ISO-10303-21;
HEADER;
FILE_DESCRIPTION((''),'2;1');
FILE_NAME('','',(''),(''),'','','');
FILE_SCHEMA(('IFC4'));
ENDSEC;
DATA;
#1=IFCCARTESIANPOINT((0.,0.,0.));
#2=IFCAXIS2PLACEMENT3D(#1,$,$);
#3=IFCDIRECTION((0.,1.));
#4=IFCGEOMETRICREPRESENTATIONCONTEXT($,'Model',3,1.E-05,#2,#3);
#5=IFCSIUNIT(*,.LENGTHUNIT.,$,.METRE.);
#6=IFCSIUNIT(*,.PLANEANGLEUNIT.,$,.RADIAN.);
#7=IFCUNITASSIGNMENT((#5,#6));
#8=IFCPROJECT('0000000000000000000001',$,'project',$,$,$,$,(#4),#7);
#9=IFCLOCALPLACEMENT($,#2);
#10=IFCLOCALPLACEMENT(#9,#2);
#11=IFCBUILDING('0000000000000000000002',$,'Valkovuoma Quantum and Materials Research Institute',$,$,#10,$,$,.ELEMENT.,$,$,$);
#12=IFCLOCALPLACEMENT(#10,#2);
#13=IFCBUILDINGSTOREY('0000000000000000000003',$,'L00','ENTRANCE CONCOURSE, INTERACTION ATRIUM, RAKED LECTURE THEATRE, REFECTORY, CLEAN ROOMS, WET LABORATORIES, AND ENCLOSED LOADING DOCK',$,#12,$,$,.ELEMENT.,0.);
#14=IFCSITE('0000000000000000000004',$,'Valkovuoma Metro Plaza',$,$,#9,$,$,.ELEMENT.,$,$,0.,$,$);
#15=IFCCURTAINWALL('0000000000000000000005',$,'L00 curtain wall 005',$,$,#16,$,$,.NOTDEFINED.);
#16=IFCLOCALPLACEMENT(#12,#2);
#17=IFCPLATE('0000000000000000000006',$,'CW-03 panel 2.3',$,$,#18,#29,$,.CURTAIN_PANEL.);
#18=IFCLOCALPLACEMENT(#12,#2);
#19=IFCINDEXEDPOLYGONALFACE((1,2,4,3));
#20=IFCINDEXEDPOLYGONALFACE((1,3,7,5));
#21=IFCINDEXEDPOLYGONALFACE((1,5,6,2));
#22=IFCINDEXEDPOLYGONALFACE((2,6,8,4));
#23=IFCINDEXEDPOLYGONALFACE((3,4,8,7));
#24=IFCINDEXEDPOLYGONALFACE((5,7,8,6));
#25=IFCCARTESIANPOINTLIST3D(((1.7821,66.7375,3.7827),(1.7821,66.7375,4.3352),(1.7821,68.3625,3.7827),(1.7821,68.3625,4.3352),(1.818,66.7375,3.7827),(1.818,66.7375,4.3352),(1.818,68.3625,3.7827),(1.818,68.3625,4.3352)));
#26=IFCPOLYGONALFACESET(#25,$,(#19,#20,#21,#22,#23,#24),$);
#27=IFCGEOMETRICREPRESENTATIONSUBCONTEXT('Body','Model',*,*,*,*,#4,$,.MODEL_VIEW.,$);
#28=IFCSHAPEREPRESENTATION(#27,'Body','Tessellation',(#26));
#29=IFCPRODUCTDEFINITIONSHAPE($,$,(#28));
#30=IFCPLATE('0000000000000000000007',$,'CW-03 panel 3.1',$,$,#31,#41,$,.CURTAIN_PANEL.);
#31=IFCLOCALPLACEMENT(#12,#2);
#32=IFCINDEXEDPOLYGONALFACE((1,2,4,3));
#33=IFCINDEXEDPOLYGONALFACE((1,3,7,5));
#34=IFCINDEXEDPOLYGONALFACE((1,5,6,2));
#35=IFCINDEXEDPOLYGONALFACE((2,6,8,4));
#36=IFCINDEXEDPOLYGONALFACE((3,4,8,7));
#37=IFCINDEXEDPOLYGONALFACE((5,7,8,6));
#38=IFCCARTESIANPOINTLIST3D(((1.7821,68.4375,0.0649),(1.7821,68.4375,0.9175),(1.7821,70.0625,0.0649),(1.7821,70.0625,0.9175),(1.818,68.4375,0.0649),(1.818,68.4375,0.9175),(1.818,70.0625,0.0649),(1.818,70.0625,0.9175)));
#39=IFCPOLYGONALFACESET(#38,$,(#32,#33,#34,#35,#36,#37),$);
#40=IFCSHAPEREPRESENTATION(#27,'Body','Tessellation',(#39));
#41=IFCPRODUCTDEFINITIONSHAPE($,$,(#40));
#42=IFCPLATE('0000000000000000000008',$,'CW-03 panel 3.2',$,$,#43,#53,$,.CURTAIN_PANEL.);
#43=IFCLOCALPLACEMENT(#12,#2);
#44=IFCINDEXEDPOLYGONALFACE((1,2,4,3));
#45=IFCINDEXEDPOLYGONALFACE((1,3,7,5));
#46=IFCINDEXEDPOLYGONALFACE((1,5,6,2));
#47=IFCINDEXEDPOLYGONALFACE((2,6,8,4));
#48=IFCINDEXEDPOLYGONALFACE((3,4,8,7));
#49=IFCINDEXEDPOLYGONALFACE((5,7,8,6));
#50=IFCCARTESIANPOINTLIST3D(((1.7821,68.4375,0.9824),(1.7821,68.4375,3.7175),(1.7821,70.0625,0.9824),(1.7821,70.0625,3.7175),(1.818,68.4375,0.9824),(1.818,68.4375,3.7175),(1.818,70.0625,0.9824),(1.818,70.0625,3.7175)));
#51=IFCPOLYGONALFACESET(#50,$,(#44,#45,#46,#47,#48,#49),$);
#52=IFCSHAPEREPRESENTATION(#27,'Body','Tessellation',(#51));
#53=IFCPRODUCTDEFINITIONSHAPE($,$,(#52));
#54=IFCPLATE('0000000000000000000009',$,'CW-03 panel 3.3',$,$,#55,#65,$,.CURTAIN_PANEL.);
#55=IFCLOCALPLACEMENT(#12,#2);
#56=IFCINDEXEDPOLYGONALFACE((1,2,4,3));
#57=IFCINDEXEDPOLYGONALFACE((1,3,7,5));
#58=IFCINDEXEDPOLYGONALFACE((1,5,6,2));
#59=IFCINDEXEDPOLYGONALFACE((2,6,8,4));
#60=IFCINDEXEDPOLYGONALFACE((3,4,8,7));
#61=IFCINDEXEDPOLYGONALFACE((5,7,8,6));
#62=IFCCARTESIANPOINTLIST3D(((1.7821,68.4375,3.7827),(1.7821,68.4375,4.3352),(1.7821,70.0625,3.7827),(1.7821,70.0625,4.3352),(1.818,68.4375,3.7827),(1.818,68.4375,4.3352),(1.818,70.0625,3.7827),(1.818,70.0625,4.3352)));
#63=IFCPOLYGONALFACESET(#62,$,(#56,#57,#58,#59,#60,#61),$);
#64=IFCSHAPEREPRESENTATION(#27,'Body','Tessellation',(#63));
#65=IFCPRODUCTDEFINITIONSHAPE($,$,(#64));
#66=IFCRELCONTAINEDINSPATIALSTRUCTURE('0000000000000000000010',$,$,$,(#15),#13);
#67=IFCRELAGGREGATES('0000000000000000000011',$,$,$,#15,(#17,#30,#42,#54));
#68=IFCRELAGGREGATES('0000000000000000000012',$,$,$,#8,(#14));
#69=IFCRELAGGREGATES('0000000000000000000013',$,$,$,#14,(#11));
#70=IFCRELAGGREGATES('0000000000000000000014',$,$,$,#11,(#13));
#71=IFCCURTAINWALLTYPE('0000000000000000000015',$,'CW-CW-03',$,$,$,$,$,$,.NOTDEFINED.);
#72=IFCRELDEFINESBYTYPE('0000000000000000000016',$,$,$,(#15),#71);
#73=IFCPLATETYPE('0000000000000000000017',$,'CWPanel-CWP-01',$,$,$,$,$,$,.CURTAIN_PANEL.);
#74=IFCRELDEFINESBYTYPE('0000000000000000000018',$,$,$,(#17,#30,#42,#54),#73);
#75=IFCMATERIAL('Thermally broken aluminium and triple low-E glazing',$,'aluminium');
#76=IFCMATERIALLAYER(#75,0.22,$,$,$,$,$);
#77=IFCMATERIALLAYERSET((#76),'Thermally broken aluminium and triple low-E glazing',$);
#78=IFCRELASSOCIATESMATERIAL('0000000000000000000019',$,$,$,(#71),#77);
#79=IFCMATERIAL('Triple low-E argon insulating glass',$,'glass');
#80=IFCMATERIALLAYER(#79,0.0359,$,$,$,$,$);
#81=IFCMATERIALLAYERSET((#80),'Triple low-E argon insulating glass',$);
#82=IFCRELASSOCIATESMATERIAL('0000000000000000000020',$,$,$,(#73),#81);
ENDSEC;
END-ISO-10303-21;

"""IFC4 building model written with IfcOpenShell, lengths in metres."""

from ifc_helpers import new_model, si_unit, direction, frame, origin, origin_2d, place, context, subcontext, project, spatial, rectangle, extrude, material, layer, layer_set, type_object, element, aggregate, save


model = new_model("IFC4")

# Units and contexts
model_context = context("Model", 3, precision=1e-05, world=origin(), true_north=direction((0.0, 1.0)))
body_context = subcontext(model_context, "Body", "Model", "MODEL_VIEW")
ifc_project = project(units=[si_unit("LENGTHUNIT", "METRE"), si_unit("PLANEANGLEUNIT", "RADIAN")], contexts=[model_context])

# Site, building, storey
site_placement = place(None, origin())
site = spatial("IfcSite", under=ifc_project, at=site_placement, Name="Valkovuoma Metro Plaza", CompositionType="ELEMENT", RefElevation=0.0)
building_placement = place(site_placement, origin())
building = spatial("IfcBuilding", under=site, at=building_placement, Name="Valkovuoma Quantum and Materials Research Institute", CompositionType="ELEMENT")
storey_placement = place(building_placement, origin())
storey = spatial("IfcBuildingStorey", under=building, at=storey_placement, Name="L00", Description="ENTRANCE CONCOURSE, INTERACTION ATRIUM, RAKED LECTURE THEATRE, REFECTORY, CLEAN ROOMS, WET LABORATORIES, AND ENCLOSED LOADING DOCK", CompositionType="ELEMENT", Elevation=0.0)

# Curtain wall, plates
ifc_material_1 = material(Name="Thermally broken aluminium and triple low-E glazing", Category="aluminium")
ifc_layer_1 = layer(ifc_material_1, 0.22)
ifc_layer_set_1 = layer_set([ifc_layer_1], Name="Thermally broken aluminium and triple low-E glazing")
curtain_wall_type = type_object("IfcCurtainWallType", Name="CW-CW-03", PredefinedType="NOTDEFINED", material=ifc_layer_set_1)
curtain_wall_placement = place(storey_placement, origin())
curtain_wall = element("IfcCurtainWall", 1, at=curtain_wall_placement, inside=storey, type_object=curtain_wall_type, Name="L00 curtain wall 005", PredefinedType="NOTDEFINED")
ifc_material_2 = material(Name="Triple low-E argon insulating glass", Category="glass")
ifc_layer_2 = layer(ifc_material_2, 0.0359)
ifc_layer_set_2 = layer_set([ifc_layer_2], Name="Triple low-E argon insulating glass")
plate_type = type_object("IfcPlateType", Name="CWPanel-CWP-01", PredefinedType="CURTAIN_PANEL", material=ifc_layer_set_2)
plate_1_placement = place(storey_placement, frame((1.8, 67.55, 3.7827), z_axis=(0.0, 0.0, 1.0), x_axis=(0.0, 1.0, 0.0)))
plate_1 = element("IfcPlate", 2, at=plate_1_placement, type_object=plate_type, Name="CW-03 panel 2.3", PredefinedType="CURTAIN_PANEL", context=body_context, shape_type="SweptSolid", body=[
    extrude(rectangle(XDim=1.625, YDim=0.0359, at=origin_2d()), origin(), (0.0, 0.0, 1.0), 0.5525),
])
plate_2_placement = place(storey_placement, frame((1.8, 69.25, 0.0649), z_axis=(0.0, 0.0, 1.0), x_axis=(0.0, 1.0, 0.0)))
plate_2 = element("IfcPlate", 3, at=plate_2_placement, type_object=plate_type, Name="CW-03 panel 3.1", PredefinedType="CURTAIN_PANEL", context=body_context, shape_type="SweptSolid", body=[
    extrude(rectangle(XDim=1.625, YDim=0.0359, at=origin_2d()), origin(), (0.0, 0.0, 1.0), 0.8525),
])
plate_3_placement = place(storey_placement, frame((1.8, 69.25, 0.9824), z_axis=(0.0, 0.0, 1.0), x_axis=(0.0, 1.0, 0.0)))
plate_3 = element("IfcPlate", 4, at=plate_3_placement, type_object=plate_type, Name="CW-03 panel 3.2", PredefinedType="CURTAIN_PANEL", context=body_context, shape_type="SweptSolid", body=[
    extrude(rectangle(XDim=1.625, YDim=0.0359, at=origin_2d()), origin(), (0.0, 0.0, 1.0), 2.7351),
])
plate_4_placement = place(storey_placement, frame((1.8, 69.25, 3.7827), z_axis=(0.0, 0.0, 1.0), x_axis=(0.0, 1.0, 0.0)))
plate_4 = element("IfcPlate", 5, at=plate_4_placement, type_object=plate_type, Name="CW-03 panel 3.3", PredefinedType="CURTAIN_PANEL", context=body_context, shape_type="SweptSolid", body=[
    extrude(rectangle(XDim=1.625, YDim=0.0359, at=origin_2d()), origin(), (0.0, 0.0, 1.0), 0.5525),
])
aggregate(curtain_wall, [plate_1, plate_2, plate_3, plate_4])

save(model, "model.ifc")
